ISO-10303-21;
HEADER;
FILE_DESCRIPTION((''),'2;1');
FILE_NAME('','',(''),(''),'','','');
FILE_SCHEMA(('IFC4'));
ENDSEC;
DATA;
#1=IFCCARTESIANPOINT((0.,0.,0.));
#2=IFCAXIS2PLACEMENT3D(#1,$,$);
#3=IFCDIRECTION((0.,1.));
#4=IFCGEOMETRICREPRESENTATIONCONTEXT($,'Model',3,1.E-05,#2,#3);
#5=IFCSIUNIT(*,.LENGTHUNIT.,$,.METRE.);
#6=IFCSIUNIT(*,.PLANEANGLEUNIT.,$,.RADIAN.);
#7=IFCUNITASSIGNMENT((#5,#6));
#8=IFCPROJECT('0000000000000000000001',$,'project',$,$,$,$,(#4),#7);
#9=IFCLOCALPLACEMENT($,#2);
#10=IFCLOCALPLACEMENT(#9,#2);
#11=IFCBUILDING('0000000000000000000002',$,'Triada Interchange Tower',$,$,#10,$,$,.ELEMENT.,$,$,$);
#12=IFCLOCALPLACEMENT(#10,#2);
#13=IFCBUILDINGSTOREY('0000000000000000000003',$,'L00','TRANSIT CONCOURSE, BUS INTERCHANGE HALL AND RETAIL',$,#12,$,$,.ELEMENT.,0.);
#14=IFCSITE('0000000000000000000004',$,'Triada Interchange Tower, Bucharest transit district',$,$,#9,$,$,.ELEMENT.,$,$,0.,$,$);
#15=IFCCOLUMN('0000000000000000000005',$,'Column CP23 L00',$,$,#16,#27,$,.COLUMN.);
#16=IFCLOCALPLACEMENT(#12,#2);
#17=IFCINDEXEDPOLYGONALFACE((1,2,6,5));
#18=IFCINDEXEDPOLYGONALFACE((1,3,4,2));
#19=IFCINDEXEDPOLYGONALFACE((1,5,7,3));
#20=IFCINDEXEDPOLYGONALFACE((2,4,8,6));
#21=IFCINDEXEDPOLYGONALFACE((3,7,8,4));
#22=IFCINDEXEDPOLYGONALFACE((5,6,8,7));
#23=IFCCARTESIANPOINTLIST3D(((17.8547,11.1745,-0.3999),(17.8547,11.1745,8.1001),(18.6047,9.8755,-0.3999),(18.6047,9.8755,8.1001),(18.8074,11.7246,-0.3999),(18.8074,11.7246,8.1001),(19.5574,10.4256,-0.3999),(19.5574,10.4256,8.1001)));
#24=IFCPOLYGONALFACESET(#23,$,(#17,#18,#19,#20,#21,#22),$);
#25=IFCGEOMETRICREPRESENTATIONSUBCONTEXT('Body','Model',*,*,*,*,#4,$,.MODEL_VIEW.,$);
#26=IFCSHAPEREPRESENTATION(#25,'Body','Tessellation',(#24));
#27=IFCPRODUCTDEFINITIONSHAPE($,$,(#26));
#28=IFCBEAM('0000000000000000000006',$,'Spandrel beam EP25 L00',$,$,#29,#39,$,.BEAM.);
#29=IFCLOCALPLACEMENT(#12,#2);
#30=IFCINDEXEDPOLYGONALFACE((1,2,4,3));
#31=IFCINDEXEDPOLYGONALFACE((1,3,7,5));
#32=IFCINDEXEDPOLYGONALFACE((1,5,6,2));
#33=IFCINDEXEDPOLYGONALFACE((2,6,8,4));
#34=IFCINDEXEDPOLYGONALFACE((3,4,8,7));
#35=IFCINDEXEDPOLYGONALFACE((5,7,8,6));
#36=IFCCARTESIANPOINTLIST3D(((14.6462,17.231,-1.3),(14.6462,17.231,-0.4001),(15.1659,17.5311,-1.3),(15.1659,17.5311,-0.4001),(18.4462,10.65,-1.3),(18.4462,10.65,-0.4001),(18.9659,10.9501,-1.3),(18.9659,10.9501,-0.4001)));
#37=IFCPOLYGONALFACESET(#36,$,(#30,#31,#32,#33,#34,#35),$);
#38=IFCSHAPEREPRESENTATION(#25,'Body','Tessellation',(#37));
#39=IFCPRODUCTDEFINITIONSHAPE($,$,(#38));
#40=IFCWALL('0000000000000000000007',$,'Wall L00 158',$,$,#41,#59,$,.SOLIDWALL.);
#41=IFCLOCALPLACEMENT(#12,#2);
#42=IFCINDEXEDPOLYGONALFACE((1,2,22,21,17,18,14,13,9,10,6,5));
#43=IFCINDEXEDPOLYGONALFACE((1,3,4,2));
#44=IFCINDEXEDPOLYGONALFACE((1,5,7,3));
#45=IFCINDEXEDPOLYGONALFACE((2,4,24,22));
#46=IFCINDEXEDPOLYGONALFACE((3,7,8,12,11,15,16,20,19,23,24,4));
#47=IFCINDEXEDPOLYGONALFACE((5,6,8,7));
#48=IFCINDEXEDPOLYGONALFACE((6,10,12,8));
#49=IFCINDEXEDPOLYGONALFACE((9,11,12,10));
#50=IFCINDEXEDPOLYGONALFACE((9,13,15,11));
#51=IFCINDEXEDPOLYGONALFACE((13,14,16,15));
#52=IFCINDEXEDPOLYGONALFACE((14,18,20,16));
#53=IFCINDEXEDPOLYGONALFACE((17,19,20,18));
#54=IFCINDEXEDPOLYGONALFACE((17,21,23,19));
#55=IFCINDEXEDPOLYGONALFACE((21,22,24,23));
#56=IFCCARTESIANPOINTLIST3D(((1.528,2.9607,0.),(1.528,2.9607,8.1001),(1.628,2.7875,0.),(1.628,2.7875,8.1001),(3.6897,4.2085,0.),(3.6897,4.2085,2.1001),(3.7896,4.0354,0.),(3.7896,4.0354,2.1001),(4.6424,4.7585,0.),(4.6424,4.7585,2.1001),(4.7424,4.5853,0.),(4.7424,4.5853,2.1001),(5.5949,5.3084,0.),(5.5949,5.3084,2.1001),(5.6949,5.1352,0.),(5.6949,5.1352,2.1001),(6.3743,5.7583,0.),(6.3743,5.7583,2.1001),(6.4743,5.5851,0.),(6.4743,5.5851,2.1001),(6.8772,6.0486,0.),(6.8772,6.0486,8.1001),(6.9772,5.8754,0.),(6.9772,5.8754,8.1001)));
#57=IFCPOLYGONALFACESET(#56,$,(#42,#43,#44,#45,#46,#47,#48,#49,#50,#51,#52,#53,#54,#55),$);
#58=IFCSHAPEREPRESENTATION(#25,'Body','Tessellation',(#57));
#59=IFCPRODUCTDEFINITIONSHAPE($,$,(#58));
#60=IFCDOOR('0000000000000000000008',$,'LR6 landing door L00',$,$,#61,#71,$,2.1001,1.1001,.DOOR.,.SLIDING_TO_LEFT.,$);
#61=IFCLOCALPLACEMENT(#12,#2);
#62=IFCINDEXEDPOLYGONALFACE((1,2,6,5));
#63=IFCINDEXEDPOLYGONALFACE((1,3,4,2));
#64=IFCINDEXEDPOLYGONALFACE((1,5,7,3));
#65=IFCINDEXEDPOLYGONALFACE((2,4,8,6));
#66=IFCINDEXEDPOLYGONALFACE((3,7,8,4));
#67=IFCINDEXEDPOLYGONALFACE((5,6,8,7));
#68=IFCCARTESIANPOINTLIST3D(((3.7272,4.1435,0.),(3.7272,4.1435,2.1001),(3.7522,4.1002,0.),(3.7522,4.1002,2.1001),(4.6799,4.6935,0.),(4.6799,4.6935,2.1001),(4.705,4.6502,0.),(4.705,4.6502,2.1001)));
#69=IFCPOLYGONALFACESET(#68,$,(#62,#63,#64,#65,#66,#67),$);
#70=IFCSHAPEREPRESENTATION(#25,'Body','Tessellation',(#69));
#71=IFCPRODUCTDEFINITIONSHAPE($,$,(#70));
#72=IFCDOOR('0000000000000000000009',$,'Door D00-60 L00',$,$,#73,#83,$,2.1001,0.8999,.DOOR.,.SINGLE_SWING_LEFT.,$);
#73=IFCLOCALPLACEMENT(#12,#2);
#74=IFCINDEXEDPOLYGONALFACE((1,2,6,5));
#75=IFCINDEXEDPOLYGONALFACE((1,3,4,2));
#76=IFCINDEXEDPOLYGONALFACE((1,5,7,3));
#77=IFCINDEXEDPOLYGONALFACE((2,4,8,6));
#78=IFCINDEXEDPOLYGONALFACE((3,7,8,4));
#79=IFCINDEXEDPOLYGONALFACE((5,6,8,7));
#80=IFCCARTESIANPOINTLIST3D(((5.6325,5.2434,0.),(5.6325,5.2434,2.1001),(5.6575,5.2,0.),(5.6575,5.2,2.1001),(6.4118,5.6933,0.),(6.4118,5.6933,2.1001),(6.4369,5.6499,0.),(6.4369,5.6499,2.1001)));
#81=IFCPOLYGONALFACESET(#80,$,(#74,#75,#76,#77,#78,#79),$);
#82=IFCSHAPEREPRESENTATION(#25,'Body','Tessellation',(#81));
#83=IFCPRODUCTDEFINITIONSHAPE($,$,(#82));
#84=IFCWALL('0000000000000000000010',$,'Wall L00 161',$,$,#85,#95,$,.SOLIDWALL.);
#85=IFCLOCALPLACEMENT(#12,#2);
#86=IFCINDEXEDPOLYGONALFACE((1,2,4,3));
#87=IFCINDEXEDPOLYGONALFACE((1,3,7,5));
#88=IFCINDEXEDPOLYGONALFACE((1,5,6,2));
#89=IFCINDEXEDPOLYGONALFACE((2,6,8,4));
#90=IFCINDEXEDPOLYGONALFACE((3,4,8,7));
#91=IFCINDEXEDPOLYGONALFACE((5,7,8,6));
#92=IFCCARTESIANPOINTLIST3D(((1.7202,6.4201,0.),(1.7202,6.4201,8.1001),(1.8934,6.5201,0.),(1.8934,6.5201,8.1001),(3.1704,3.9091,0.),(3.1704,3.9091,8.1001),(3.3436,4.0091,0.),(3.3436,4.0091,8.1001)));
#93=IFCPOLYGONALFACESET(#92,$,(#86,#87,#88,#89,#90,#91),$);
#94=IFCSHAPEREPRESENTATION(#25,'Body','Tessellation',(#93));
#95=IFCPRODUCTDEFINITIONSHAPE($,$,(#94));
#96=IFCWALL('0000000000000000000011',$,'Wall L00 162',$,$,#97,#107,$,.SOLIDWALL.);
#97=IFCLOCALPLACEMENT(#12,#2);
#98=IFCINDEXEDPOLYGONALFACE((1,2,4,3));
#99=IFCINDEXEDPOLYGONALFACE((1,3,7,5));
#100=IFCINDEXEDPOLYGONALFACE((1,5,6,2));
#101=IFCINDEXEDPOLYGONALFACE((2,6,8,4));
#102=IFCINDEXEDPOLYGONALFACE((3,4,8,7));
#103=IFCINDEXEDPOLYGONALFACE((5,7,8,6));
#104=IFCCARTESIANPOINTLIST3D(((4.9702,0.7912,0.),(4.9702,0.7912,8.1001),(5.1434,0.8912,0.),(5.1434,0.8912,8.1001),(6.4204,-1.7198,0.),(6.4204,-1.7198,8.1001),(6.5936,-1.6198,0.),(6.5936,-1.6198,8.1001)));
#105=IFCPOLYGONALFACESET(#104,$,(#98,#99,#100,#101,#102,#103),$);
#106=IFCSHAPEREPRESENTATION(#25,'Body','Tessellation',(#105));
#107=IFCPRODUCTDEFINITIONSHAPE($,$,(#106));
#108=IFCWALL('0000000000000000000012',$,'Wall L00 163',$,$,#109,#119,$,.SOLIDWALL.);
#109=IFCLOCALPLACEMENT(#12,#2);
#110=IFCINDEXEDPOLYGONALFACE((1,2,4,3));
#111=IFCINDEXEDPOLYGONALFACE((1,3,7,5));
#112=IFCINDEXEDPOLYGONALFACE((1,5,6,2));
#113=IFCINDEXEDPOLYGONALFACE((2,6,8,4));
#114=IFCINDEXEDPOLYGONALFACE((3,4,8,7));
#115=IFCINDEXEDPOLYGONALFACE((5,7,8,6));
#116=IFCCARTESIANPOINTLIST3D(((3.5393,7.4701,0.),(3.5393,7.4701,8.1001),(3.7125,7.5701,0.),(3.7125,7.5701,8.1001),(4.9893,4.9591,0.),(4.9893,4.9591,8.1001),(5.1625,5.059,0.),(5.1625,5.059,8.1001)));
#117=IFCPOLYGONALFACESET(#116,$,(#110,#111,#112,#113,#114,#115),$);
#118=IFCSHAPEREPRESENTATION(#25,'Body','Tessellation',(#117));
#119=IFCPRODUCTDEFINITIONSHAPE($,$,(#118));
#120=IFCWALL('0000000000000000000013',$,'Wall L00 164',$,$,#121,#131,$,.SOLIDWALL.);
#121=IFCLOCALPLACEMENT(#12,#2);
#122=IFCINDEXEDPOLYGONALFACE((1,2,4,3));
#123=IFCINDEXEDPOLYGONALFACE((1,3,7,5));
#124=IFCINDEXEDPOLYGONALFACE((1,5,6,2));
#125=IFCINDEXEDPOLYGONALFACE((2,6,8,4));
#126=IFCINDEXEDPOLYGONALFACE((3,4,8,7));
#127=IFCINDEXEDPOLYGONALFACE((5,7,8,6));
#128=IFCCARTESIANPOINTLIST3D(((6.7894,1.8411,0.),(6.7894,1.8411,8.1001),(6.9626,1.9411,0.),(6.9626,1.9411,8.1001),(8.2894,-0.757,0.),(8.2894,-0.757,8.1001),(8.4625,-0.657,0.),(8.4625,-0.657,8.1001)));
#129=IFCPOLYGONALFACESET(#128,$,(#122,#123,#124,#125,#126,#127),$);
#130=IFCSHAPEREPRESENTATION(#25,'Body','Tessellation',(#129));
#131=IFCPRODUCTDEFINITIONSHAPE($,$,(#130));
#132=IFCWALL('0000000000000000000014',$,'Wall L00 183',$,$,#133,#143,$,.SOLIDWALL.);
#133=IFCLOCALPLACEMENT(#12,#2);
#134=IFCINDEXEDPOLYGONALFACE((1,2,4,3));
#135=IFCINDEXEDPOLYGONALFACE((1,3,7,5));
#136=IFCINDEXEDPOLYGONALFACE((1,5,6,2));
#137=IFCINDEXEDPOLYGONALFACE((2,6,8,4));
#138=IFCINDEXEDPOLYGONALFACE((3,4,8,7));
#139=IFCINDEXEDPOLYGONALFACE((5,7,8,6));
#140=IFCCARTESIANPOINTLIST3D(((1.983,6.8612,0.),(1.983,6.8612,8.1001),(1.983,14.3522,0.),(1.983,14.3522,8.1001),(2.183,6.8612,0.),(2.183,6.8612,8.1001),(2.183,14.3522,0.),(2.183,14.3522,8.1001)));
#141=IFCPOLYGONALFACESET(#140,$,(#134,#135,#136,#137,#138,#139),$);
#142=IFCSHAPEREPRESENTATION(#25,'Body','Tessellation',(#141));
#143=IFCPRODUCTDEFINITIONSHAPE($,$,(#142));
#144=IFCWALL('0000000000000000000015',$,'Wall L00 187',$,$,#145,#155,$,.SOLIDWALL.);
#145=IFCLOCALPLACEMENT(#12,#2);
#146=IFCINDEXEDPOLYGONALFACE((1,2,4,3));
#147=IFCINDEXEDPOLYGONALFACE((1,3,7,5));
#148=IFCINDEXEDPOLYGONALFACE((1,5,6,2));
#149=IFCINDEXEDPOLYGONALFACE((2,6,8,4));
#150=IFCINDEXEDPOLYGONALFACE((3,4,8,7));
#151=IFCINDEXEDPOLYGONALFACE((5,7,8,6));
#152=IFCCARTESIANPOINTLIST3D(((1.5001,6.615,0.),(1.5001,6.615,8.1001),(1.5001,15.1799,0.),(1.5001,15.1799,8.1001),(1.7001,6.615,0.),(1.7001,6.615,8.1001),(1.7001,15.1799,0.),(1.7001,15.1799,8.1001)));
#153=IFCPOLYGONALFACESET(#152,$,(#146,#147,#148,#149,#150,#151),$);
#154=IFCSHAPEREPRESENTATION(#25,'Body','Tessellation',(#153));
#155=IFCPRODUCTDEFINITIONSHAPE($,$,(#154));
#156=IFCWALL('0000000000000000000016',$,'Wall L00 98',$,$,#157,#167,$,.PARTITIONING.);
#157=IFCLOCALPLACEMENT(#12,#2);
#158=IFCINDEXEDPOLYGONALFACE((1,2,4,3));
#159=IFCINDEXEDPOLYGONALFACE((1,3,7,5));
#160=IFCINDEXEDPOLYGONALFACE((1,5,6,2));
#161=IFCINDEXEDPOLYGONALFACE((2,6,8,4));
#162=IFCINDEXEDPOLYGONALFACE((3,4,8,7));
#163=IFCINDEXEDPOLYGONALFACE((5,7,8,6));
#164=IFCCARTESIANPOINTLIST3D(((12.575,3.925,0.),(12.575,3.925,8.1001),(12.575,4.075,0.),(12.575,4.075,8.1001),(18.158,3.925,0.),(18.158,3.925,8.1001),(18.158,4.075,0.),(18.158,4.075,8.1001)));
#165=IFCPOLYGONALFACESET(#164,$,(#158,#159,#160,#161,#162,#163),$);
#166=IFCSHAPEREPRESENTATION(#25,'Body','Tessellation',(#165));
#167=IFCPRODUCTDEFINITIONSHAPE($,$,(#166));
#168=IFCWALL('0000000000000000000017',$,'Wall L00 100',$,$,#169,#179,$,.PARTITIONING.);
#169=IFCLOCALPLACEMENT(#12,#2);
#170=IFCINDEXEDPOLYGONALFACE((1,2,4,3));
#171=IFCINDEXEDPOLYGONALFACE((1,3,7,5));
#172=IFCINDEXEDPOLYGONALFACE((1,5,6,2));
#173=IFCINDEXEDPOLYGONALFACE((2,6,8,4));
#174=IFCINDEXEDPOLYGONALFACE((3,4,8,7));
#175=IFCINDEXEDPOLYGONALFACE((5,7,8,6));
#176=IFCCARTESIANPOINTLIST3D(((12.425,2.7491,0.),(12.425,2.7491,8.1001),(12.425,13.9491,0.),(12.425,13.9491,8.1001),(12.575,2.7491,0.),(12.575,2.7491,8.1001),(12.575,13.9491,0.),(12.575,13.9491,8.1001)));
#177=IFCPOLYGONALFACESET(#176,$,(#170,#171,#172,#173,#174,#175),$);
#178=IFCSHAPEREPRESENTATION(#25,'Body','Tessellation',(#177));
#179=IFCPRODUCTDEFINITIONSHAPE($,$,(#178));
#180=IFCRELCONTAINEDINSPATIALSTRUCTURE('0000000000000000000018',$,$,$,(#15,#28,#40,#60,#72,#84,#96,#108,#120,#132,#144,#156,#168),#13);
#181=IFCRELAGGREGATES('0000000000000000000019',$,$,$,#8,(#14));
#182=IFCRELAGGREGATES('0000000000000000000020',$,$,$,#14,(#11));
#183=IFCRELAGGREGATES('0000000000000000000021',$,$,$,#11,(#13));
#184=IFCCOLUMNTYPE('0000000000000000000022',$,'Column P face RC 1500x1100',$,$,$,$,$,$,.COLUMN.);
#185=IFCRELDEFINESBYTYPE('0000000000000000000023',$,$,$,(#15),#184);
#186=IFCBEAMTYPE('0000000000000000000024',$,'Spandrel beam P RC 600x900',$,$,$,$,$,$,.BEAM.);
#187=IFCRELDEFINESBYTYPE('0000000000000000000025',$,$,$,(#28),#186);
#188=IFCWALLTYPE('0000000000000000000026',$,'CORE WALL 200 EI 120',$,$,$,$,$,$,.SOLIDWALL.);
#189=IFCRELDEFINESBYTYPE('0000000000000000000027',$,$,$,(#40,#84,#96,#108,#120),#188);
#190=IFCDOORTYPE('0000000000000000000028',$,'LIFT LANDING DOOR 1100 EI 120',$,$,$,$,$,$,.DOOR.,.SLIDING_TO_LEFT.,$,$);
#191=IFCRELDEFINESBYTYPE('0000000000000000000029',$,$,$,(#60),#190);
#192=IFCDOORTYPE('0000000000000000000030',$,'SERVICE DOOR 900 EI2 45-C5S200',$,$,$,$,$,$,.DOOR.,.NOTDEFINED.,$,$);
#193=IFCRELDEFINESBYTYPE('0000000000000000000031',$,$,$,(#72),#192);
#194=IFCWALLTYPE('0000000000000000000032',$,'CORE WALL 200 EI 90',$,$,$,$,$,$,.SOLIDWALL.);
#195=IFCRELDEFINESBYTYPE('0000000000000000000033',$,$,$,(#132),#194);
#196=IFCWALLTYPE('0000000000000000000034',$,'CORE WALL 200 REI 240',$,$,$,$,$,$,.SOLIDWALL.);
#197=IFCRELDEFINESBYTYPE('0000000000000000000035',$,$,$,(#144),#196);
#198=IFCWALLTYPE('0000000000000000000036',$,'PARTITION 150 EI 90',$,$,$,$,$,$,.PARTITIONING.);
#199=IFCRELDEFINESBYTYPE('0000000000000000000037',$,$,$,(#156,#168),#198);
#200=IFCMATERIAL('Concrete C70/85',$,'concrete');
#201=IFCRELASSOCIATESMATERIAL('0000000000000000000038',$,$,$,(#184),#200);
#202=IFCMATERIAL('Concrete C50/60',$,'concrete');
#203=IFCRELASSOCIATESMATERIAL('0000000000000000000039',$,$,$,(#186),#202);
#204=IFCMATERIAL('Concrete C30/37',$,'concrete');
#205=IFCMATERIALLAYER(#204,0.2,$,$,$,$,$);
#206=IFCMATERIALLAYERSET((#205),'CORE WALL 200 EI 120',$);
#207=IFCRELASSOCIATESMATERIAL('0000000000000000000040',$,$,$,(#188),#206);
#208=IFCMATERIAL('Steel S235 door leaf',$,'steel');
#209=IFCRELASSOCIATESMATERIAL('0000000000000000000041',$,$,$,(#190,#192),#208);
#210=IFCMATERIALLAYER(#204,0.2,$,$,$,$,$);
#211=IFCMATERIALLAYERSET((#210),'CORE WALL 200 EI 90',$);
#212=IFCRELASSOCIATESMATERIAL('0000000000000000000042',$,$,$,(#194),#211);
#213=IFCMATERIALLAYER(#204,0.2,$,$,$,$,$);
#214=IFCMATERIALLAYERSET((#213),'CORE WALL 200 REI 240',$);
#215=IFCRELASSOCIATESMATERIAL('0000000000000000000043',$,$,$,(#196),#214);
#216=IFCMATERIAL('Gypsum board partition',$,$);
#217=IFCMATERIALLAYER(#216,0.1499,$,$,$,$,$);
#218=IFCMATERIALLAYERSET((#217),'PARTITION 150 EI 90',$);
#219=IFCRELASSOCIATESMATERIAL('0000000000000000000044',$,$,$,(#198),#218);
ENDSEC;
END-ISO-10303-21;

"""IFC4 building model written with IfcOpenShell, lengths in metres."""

from ifc_helpers import new_model, si_unit, direction, frame, frame_2d, origin, origin_2d, place, context, subcontext, project, spatial, rectangle, extrude, material, layer, layer_set, material_profile, profile_set, type_object, element, fill, save


model = new_model("IFC4")

# Units and contexts
model_context = context("Model", 3, precision=1e-05, world=origin(), true_north=direction((0.0, 1.0)))
body_context = subcontext(model_context, "Body", "Model", "MODEL_VIEW")
ifc_project = project(units=[si_unit("LENGTHUNIT", "METRE"), si_unit("PLANEANGLEUNIT", "RADIAN")], contexts=[model_context])

# Site, building, storey
site_placement = place(None, origin())
site = spatial("IfcSite", under=ifc_project, at=site_placement, Name="Triada Interchange Tower, Bucharest transit district", CompositionType="ELEMENT", RefElevation=0.0)
building_placement = place(site_placement, origin())
building = spatial("IfcBuilding", under=site, at=building_placement, Name="Triada Interchange Tower", CompositionType="ELEMENT")
storey_placement = place(building_placement, origin())
storey = spatial("IfcBuildingStorey", under=building, at=storey_placement, Name="L00", Description="TRANSIT CONCOURSE, BUS INTERCHANGE HALL AND RETAIL", CompositionType="ELEMENT", Elevation=0.0)

# Column
ifc_material_1 = material(Name="Concrete C70/85", Category="concrete")
ifc_material_profile_1 = material_profile(ifc_material_1, rectangle(XDim=1.5, YDim=1.1001, at=origin_2d()), Name="RC 1500x1100")
ifc_profile_set_1 = profile_set([ifc_material_profile_1], Name="Concrete C70/85")
column_type = type_object("IfcColumnType", Name="Column P face RC 1500x1100", PredefinedType="COLUMN", material=ifc_profile_set_1)
column_placement = place(storey_placement, frame((18.7061, 10.8, -0.3999), z_axis=(0.0, 0.0, 1.0), x_axis=(-0.5, 0.866025, 0.0)))
element("IfcColumn", 1, at=column_placement, inside=storey, type_object=column_type, Name="Column CP23 L00", PredefinedType="COLUMN", context=body_context, shape_type="SweptSolid", body=[
    extrude(rectangle(XDim=1.5, YDim=1.1001, at=origin_2d()), origin(), (0.0, 0.0, 1.0), 8.5),
])

# Beam
ifc_material_2 = material(Name="Concrete C50/60", Category="concrete")
ifc_material_profile_2 = material_profile(ifc_material_2, rectangle(XDim=0.6001, YDim=0.8999, at=origin_2d()), Name="RC 600x900")
ifc_profile_set_2 = profile_set([ifc_material_profile_2], Name="Concrete C50/60")
beam_type = type_object("IfcBeamType", Name="Spandrel beam P RC 600x900", PredefinedType="BEAM", material=ifc_profile_set_2)
beam_placement = place(storey_placement, frame((18.7061, 10.8, -0.8501), z_axis=(-0.500047, 0.865998, 0.0), x_axis=(-0.865998, -0.500047, 0.0)))
element("IfcBeam", 2, at=beam_placement, inside=storey, type_object=beam_type, Name="Spandrel beam EP25 L00", PredefinedType="BEAM", context=body_context, shape_type="SweptSolid", body=[
    extrude(rectangle(XDim=0.6001, YDim=0.8999, at=origin_2d()), origin(), (0.0, 0.0, 1.0), 7.5994),
])

# Wall, openings, doors
ifc_material_3 = material(Name="Concrete C30/37", Category="concrete")
ifc_layer_1 = layer(ifc_material_3, 0.2)
ifc_layer_set_1 = layer_set([ifc_layer_1], Name="CORE WALL 200 EI 120")
wall_type_1 = type_object("IfcWallType", Name="CORE WALL 200 EI 120", PredefinedType="SOLIDWALL", material=ifc_layer_set_1)
wall_1_placement = place(storey_placement, frame((1.5779, 2.874, 0.0), z_axis=(0.0, 0.0, 1.0), x_axis=(0.866055, 0.499948, 0.0)))
wall_1 = element("IfcWall", 3, at=wall_1_placement, inside=storey, type_object=wall_type_1, Name="Wall L00 158", PredefinedType="SOLIDWALL", context=body_context, shape_type="SweptSolid", body=[
    extrude(rectangle(XDim=6.1765, YDim=0.2, at=frame_2d((3.0884, 0.0))), origin(), (0.0, 0.0, 1.0), 8.1001),
])
opening_1_placement = place(wall_1_placement, frame((2.4961, 0.0, 0.0)))
opening_1 = element("IfcOpeningElement", 4, at=opening_1_placement, cuts=wall_1, PredefinedType="OPENING", context=body_context, shape_type="SweptSolid", body=[
    extrude(rectangle(XDim=1.1001, YDim=2.1001, at=frame_2d((0.55, 1.05))), frame((0.0, 0.1099, 0.0), z_axis=(0.0, -1.0, 0.0), x_axis=(1.0, 0.0, 0.0)), (0.0, 0.0, 1.0), 0.22),
])
opening_2_placement = place(wall_1_placement, frame((4.696, 0.0, 0.0)))
opening_2 = element("IfcOpeningElement", 5, at=opening_2_placement, cuts=wall_1, PredefinedType="OPENING", context=body_context, shape_type="SweptSolid", body=[
    extrude(rectangle(XDim=0.8999, YDim=2.1001, at=frame_2d((0.45, 1.05))), frame((0.0, 0.1099, 0.0), z_axis=(0.0, -1.0, 0.0), x_axis=(1.0, 0.0, 0.0)), (0.0, 0.0, 1.0), 0.22),
])
ifc_material_4 = material(Name="Steel S235 door leaf", Category="steel")
door_type_1 = type_object("IfcDoorType", Name="LIFT LANDING DOOR 1100 EI 120", OperationType="SLIDING_TO_LEFT", PredefinedType="DOOR", material=ifc_material_4)
door_1_placement = place(opening_1_placement, origin())
door_1 = element("IfcDoor", 6, at=door_1_placement, inside=storey, type_object=door_type_1, Name="LR6 landing door L00", OperationType="SLIDING_TO_LEFT", OverallHeight=2.1001, OverallWidth=1.1001, PredefinedType="DOOR", context=body_context, shape_type="SweptSolid", body=[
    extrude(rectangle(XDim=1.1001, YDim=2.1001, at=frame_2d((0.55, 1.05))), frame((0.0, 0.0249, 0.0), z_axis=(0.0, -1.0, 0.0), x_axis=(1.0, 0.0, 0.0)), (0.0, 0.0, 1.0), 0.05),
])
fill(opening_1, door_1)
door_type_2 = type_object("IfcDoorType", Name="SERVICE DOOR 900 EI2 45-C5S200", OperationType="NOTDEFINED", PredefinedType="DOOR", material=ifc_material_4)
door_2_placement = place(opening_2_placement, origin())
door_2 = element("IfcDoor", 7, at=door_2_placement, inside=storey, type_object=door_type_2, Name="Door D00-60 L00", OperationType="SINGLE_SWING_LEFT", OverallHeight=2.1001, OverallWidth=0.8999, PredefinedType="DOOR", context=body_context, shape_type="SweptSolid", body=[
    extrude(rectangle(XDim=0.8999, YDim=2.1001, at=frame_2d((0.45, 1.05))), frame((0.0, 0.0249, 0.0), z_axis=(0.0, -1.0, 0.0), x_axis=(1.0, 0.0, 0.0)), (0.0, 0.0, 1.0), 0.05),
])
fill(opening_2, door_2)

# Walls
for number, where, z_axis, x_axis, name in (
    (8, (1.8069, 6.47, 0.0), (0.0, 0.0, 1.0), (0.500123, -0.865954, 0.0), "Wall L00 161"),
    (9, (5.0569, 0.8411, 0.0), (0.0, 0.0, 1.0), (0.500123, -0.865954, 0.0), "Wall L00 162"),
    (10, (3.626, 7.52, 0.0), (0.0, 0.0, 1.0), (0.50006, -0.865991, 0.0), "Wall L00 163"),
):
    element("IfcWall", number, at=place(storey_placement, frame(where, z_axis=z_axis, x_axis=x_axis)), inside=storey, type_object=wall_type_1, Name=name, PredefinedType="SOLIDWALL", context=body_context, shape_type="SweptSolid", body=[
        extrude(rectangle(XDim=2.8997, YDim=0.2, at=frame_2d((1.4497, 0.0))), origin(), (0.0, 0.0, 1.0), 8.1001),
    ])
wall_2_placement = place(storey_placement, frame((6.876, 1.8911, 0.0), z_axis=(0.0, 0.0, 1.0), x_axis=(0.49999, -0.866031, 0.0)))
element("IfcWall", 11, at=wall_2_placement, inside=storey, type_object=wall_type_1, Name="Wall L00 164", PredefinedType="SOLIDWALL", context=body_context, shape_type="SweptSolid", body=[
    extrude(rectangle(XDim=3.0, YDim=0.2, at=frame_2d((1.5, 0.0))), origin(), (0.0, 0.0, 1.0), 8.1001),
])
ifc_layer_2 = layer(ifc_material_3, 0.2)
ifc_layer_set_2 = layer_set([ifc_layer_2], Name="CORE WALL 200 EI 90")
wall_type_2 = type_object("IfcWallType", Name="CORE WALL 200 EI 90", PredefinedType="SOLIDWALL", material=ifc_layer_set_2)
wall_3_placement = place(storey_placement, frame((2.083, 6.8611, 0.0), z_axis=(0.0, 0.0, 1.0), x_axis=(0.0, 1.0, 0.0)))
element("IfcWall", 12, at=wall_3_placement, inside=storey, type_object=wall_type_2, Name="Wall L00 183", PredefinedType="SOLIDWALL", context=body_context, shape_type="SweptSolid", body=[
    extrude(rectangle(XDim=7.491, YDim=0.2, at=frame_2d((3.7456, 0.0))), origin(), (0.0, 0.0, 1.0), 8.1001),
])
ifc_layer_3 = layer(ifc_material_3, 0.2)
ifc_layer_set_3 = layer_set([ifc_layer_3], Name="CORE WALL 200 REI 240")
wall_type_3 = type_object("IfcWallType", Name="CORE WALL 200 REI 240", PredefinedType="SOLIDWALL", material=ifc_layer_set_3)
wall_4_placement = place(storey_placement, frame((1.6001, 6.615, 0.0), z_axis=(0.0, 0.0, 1.0), x_axis=(0.0, 1.0, 0.0)))
element("IfcWall", 13, at=wall_4_placement, inside=storey, type_object=wall_type_3, Name="Wall L00 187", PredefinedType="SOLIDWALL", context=body_context, shape_type="SweptSolid", body=[
    extrude(rectangle(XDim=8.5649, YDim=0.2, at=frame_2d((4.2825, 0.0))), origin(), (0.0, 0.0, 1.0), 8.1001),
])
ifc_material_5 = material(Name="Gypsum board partition")
ifc_layer_4 = layer(ifc_material_5, 0.1499)
ifc_layer_set_4 = layer_set([ifc_layer_4], Name="PARTITION 150 EI 90")
wall_type_4 = type_object("IfcWallType", Name="PARTITION 150 EI 90", PredefinedType="PARTITIONING", material=ifc_layer_set_4)
wall_5_placement = place(storey_placement, frame((12.575, 4.0, 0.0), z_axis=(0.0, 0.0, 1.0), x_axis=(1.0, 0.0, 0.0)))
element("IfcWall", 14, at=wall_5_placement, inside=storey, type_object=wall_type_4, Name="Wall L00 98", PredefinedType="PARTITIONING", context=body_context, shape_type="SweptSolid", body=[
    extrude(rectangle(XDim=5.583, YDim=0.1499, at=frame_2d((2.7915, 0.0))), origin(), (0.0, 0.0, 1.0), 8.1001),
])
wall_6_placement = place(storey_placement, frame((12.5, 2.749, 0.0), z_axis=(0.0, 0.0, 1.0), x_axis=(0.0, 1.0, 0.0)))
element("IfcWall", 15, at=wall_6_placement, inside=storey, type_object=wall_type_4, Name="Wall L00 100", PredefinedType="PARTITIONING", context=body_context, shape_type="SweptSolid", body=[
    extrude(rectangle(XDim=11.2, YDim=0.1499, at=frame_2d((5.6001, 0.0))), origin(), (0.0, 0.0, 1.0), 8.1001),
])

save(model, "model.ifc")
